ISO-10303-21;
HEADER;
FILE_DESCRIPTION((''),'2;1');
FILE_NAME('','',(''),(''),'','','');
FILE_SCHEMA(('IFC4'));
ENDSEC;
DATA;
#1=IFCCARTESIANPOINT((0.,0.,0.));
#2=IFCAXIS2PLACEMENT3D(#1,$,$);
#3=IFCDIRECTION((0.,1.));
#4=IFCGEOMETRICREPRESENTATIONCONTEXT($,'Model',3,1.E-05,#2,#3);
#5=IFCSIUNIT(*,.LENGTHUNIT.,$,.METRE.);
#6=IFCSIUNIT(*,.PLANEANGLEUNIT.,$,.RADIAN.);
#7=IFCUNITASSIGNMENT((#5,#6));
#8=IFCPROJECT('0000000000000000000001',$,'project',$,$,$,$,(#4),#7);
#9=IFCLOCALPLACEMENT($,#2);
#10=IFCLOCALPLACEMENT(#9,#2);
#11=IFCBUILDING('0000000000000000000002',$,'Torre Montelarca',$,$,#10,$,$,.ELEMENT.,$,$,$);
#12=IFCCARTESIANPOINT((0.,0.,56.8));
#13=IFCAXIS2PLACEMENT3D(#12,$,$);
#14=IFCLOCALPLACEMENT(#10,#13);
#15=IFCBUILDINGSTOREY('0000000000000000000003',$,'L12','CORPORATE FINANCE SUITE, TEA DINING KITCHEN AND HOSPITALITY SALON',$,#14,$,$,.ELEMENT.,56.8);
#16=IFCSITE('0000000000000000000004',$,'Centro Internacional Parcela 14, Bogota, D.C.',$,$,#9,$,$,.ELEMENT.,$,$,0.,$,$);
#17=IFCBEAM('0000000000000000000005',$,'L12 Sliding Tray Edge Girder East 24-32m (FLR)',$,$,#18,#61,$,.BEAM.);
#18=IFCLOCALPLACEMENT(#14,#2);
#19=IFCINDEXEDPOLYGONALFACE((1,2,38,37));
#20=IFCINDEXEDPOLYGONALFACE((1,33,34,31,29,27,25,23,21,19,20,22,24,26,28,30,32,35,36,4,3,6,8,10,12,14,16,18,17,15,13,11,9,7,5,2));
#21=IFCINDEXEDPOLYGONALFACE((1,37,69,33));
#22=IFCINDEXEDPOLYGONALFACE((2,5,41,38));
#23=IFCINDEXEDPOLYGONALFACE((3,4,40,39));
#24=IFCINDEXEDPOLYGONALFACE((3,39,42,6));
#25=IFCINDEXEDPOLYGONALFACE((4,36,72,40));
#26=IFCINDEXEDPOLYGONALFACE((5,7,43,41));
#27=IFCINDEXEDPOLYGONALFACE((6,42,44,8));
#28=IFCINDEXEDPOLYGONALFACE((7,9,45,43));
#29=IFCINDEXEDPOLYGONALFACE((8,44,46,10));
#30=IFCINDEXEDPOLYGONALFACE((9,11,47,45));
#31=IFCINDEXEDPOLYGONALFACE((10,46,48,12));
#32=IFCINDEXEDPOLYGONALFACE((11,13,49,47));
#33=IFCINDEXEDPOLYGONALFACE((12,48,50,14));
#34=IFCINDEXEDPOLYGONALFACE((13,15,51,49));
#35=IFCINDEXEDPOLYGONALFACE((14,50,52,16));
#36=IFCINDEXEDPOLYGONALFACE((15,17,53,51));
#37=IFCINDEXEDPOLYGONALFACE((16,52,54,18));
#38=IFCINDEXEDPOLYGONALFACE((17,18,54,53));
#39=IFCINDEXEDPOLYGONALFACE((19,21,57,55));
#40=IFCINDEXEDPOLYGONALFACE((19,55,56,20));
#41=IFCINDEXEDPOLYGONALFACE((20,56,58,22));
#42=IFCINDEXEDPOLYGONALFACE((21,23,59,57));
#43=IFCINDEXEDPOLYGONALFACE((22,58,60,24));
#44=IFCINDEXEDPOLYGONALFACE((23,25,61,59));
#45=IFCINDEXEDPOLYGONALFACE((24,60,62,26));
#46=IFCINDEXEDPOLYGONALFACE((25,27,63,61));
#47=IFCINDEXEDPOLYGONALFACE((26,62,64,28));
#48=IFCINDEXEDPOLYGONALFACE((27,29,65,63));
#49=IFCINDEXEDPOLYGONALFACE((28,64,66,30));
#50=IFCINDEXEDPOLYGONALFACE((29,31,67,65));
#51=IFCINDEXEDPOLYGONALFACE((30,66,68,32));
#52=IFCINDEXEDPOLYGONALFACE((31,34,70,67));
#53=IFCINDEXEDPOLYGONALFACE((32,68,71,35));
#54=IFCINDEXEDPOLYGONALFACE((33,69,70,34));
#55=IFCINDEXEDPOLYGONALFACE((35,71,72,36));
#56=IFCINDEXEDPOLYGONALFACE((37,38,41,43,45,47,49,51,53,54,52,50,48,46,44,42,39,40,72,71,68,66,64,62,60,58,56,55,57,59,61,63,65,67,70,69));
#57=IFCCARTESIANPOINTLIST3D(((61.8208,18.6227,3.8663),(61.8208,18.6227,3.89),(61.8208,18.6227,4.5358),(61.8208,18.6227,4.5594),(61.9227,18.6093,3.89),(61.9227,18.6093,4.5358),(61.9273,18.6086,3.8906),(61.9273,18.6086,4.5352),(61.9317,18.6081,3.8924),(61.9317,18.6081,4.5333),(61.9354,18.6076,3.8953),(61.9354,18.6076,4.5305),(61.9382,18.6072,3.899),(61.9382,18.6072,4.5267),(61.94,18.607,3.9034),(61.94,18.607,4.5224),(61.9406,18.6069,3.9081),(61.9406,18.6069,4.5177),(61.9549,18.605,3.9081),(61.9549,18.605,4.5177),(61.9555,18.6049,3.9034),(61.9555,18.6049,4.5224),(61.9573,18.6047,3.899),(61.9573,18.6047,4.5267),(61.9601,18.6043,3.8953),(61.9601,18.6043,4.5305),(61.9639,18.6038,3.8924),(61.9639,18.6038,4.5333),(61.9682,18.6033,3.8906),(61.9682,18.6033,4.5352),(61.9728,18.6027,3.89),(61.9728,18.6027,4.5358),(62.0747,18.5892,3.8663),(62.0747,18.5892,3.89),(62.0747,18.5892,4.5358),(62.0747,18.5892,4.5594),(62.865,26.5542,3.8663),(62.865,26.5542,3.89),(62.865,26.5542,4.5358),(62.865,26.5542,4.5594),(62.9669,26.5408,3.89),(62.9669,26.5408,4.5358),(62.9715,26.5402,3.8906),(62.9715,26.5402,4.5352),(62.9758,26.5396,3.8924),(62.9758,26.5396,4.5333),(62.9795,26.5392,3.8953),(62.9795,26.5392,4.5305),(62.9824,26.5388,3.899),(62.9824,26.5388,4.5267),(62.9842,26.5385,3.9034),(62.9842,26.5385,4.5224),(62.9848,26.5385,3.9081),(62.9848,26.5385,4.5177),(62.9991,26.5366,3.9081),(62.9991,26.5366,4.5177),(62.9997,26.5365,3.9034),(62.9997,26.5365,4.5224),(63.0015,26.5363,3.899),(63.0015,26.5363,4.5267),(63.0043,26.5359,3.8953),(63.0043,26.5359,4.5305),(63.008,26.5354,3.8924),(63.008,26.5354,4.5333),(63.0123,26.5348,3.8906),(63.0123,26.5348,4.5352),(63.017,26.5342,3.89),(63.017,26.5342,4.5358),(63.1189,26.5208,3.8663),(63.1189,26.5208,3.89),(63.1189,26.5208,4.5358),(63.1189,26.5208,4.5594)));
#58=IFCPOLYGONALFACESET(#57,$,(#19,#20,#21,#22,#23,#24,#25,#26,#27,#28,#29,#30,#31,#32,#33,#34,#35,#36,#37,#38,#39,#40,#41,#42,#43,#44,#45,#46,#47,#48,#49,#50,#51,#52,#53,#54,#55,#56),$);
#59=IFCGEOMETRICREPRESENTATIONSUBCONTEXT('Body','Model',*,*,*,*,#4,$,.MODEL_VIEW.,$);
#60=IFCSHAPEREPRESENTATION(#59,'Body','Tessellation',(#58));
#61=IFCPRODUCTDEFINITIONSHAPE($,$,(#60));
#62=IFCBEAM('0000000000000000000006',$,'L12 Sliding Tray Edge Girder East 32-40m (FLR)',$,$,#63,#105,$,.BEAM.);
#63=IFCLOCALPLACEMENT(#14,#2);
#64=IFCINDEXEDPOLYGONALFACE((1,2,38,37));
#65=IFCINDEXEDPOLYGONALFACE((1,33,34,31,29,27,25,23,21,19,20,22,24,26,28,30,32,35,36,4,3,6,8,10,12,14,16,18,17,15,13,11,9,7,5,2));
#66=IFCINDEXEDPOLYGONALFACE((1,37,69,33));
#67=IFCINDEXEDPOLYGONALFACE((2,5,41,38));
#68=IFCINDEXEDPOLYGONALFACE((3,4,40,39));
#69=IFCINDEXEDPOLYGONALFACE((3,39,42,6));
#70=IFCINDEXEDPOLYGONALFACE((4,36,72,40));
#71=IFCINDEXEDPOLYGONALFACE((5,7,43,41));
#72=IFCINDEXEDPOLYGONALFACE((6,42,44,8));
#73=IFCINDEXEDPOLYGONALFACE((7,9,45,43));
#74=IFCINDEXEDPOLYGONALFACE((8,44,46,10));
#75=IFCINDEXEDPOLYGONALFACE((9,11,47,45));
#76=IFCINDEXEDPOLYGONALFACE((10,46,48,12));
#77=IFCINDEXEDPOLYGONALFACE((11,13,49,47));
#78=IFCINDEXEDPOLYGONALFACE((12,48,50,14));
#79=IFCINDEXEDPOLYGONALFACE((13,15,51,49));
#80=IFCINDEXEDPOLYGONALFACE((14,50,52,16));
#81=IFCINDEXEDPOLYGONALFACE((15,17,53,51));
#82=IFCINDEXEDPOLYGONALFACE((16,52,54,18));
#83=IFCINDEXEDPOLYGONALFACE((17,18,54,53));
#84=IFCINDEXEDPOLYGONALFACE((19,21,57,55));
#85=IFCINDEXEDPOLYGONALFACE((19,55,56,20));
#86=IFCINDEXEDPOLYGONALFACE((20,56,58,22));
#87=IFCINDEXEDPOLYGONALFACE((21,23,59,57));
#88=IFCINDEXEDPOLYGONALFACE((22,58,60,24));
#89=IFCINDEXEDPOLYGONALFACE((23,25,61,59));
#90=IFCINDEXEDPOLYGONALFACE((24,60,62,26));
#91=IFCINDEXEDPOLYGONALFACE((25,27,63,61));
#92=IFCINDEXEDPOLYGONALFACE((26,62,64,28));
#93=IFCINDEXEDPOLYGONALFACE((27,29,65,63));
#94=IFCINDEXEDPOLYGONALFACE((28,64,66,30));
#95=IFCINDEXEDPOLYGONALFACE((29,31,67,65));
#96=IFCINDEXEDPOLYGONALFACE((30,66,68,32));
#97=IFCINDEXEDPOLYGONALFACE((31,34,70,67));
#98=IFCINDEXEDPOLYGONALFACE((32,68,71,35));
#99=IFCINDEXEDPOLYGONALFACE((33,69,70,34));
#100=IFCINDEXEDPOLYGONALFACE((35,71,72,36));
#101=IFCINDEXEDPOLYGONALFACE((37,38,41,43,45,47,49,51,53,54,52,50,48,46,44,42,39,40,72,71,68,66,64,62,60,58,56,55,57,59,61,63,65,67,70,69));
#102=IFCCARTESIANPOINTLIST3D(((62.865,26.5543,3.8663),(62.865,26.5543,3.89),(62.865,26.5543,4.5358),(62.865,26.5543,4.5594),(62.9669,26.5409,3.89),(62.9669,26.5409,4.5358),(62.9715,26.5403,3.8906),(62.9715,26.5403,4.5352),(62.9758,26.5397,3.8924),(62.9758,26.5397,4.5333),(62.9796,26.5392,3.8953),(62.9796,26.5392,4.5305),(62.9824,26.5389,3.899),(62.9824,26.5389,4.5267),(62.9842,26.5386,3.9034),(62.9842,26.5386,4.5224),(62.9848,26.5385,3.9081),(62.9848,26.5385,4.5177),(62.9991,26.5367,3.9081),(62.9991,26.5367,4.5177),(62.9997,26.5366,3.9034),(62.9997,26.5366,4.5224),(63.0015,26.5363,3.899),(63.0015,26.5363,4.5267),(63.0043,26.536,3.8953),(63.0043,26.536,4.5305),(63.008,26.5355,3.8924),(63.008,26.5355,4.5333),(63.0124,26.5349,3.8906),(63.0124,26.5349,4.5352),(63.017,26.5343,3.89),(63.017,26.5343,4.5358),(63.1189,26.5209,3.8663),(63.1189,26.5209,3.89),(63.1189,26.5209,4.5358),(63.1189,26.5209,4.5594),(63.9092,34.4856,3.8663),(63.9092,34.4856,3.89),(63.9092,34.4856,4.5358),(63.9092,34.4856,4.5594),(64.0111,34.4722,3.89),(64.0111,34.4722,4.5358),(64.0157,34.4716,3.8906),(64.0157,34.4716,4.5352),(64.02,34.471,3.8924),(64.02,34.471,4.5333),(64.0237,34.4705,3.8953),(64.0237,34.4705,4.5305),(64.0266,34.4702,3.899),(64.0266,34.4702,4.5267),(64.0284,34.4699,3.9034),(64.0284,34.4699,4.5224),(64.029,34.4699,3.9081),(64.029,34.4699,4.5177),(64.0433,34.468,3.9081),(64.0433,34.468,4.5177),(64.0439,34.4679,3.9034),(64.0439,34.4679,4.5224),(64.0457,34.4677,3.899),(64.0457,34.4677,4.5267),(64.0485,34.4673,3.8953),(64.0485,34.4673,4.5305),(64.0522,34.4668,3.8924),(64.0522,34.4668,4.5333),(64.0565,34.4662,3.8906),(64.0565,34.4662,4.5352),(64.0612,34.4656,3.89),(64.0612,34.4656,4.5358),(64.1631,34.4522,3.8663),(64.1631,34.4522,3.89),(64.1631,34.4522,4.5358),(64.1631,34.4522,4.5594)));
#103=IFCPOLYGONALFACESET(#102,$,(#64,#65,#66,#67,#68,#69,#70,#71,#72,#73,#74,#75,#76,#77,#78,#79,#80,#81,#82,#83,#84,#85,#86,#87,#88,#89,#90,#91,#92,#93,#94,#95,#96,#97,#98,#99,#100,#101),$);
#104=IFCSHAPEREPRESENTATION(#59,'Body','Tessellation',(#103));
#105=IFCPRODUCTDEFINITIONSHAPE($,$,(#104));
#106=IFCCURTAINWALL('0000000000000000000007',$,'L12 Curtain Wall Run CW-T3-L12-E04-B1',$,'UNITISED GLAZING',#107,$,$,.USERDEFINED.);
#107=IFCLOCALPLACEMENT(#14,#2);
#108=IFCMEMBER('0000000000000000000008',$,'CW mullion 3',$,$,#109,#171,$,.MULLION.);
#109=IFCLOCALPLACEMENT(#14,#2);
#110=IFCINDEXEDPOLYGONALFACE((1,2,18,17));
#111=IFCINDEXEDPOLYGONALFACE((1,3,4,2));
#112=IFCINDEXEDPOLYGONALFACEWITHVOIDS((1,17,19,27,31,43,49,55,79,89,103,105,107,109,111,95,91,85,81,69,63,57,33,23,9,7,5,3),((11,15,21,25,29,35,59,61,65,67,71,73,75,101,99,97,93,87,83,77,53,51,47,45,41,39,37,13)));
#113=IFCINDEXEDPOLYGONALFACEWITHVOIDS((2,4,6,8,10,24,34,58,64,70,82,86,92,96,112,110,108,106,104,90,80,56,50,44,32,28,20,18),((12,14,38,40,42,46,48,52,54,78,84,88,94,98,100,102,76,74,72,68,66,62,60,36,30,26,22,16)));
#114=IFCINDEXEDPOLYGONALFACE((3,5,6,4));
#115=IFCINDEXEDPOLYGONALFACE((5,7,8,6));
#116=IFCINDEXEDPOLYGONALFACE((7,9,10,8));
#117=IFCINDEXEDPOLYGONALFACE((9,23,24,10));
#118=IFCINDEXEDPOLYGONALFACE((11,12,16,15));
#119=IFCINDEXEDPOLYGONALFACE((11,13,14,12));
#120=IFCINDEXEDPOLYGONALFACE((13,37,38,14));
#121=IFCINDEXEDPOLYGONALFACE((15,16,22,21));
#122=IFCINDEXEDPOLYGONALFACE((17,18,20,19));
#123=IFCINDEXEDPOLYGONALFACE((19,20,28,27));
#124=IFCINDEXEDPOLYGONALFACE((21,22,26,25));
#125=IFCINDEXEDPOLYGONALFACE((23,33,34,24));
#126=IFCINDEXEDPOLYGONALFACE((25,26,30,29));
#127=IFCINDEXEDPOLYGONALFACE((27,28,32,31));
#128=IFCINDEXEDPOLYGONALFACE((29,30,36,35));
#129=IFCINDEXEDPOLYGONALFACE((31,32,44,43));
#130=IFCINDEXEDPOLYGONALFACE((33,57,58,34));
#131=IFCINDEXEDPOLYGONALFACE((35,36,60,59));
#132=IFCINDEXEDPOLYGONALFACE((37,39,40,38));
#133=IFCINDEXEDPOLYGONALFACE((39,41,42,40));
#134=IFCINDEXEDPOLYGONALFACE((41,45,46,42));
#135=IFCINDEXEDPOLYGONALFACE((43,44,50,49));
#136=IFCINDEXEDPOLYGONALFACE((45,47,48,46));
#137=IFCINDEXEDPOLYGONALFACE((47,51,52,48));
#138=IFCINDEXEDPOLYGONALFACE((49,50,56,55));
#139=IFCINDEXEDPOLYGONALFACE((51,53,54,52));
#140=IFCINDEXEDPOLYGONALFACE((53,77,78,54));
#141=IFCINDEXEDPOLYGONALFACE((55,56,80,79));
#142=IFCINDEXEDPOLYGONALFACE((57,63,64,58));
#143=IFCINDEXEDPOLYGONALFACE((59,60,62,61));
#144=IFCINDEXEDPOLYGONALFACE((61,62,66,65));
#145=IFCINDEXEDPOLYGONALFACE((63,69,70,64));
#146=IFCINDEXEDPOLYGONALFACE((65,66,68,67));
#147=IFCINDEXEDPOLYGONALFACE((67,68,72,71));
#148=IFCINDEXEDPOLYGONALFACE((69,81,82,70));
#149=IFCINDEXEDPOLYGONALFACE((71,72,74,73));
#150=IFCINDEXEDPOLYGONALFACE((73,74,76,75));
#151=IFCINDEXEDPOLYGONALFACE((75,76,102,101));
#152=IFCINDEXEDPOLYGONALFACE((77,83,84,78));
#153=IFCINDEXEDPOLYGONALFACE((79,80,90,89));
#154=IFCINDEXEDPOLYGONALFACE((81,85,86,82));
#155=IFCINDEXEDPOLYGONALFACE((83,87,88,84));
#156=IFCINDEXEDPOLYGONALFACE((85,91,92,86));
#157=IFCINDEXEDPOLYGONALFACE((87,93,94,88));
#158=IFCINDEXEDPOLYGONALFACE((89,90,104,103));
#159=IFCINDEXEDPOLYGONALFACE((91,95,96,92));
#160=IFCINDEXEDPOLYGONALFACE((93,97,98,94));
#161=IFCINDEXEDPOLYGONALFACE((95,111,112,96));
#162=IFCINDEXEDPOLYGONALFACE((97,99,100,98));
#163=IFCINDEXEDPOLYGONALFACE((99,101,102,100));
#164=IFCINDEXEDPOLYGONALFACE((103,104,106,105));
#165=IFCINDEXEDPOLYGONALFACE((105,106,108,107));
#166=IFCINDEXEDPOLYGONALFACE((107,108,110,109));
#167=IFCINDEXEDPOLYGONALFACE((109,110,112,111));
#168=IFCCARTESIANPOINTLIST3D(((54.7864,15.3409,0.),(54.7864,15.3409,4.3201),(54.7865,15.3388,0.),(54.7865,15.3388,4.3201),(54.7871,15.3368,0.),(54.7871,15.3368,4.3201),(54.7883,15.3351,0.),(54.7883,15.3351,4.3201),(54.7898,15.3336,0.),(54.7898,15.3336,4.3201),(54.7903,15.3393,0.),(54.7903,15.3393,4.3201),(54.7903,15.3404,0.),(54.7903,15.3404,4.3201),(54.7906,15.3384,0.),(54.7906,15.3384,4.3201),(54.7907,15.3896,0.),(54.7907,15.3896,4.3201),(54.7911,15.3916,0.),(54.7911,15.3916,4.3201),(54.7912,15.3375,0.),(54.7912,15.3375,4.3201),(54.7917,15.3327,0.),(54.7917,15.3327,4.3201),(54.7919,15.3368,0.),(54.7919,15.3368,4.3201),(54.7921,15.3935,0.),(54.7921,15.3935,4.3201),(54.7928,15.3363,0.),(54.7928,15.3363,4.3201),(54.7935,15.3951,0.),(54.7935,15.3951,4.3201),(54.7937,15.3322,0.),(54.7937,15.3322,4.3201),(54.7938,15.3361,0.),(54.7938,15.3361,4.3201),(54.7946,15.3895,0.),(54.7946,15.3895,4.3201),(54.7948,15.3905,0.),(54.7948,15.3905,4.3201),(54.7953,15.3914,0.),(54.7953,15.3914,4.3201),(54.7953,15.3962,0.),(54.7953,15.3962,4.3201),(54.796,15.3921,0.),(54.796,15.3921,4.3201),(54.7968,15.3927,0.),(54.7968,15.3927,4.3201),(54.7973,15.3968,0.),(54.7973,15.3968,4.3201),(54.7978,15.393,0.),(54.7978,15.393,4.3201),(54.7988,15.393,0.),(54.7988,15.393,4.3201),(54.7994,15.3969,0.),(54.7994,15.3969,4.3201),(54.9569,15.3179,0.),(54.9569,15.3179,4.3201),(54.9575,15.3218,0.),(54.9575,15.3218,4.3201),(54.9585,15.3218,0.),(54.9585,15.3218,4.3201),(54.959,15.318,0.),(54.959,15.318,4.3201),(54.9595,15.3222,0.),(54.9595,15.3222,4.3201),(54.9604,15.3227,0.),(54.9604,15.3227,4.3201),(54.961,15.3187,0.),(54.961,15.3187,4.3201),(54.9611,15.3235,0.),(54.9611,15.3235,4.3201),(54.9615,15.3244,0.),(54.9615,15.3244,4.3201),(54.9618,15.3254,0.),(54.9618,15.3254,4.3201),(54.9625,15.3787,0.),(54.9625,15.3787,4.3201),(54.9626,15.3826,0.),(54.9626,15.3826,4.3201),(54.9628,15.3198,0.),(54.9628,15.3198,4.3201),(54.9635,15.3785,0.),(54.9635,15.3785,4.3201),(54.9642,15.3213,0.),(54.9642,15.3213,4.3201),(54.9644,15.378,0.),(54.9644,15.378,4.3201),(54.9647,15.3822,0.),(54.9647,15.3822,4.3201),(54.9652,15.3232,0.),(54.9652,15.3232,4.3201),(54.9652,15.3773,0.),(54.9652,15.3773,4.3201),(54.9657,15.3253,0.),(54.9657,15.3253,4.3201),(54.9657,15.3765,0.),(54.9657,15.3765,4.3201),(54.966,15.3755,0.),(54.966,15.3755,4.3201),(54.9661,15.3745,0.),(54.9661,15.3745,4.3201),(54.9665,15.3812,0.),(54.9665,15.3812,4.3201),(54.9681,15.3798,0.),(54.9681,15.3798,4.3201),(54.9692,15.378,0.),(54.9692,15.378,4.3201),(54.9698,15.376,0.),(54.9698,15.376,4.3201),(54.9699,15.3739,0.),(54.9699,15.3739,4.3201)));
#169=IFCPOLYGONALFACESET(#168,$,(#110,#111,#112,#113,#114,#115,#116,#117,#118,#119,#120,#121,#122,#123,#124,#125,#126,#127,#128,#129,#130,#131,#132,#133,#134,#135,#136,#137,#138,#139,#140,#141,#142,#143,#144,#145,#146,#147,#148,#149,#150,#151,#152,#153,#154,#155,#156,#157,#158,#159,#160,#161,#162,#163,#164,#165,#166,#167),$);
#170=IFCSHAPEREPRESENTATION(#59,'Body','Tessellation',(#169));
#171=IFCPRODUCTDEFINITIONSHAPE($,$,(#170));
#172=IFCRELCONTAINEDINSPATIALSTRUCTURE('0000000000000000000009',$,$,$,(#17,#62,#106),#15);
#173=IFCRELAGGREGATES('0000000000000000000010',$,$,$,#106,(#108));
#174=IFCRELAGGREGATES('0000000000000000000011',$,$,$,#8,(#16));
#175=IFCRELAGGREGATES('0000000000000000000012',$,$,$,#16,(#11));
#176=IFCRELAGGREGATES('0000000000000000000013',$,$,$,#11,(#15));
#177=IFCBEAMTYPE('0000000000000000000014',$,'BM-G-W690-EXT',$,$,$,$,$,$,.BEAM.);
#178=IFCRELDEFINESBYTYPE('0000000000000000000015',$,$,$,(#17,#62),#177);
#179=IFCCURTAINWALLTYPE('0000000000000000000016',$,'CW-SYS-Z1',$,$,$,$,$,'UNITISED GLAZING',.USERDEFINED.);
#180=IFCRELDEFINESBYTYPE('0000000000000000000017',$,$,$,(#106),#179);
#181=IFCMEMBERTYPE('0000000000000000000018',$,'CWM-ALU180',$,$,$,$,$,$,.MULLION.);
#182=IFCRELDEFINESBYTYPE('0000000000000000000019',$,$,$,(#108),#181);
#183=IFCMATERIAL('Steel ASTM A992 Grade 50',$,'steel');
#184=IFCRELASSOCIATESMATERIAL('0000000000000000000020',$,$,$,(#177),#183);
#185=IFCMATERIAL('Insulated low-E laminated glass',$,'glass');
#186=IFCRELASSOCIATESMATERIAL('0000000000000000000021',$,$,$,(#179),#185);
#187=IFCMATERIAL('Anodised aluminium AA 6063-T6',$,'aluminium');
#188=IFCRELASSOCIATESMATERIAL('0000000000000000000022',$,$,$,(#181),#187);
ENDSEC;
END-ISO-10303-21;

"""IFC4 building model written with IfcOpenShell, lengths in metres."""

from ifc_helpers import new_model, si_unit, direction, frame, origin, origin_2d, place, context, subcontext, project, spatial, hollow_rectangle, i_section, extrude, source, transform, mapped, material, material_profile, profile_set, type_object, element, aggregate, save


model = new_model("IFC4")

# Units and contexts
model_context = context("Model", 3, precision=1e-05, world=origin(), true_north=direction((0.0, 1.0)))
body_context = subcontext(model_context, "Body", "Model", "MODEL_VIEW")
ifc_project = project(units=[si_unit("LENGTHUNIT", "METRE"), si_unit("PLANEANGLEUNIT", "RADIAN")], contexts=[model_context])

# Site, building, storey
site_placement = place(None, origin())
site = spatial("IfcSite", under=ifc_project, at=site_placement, Name="Centro Internacional Parcela 14, Bogota, D.C.", CompositionType="ELEMENT", RefElevation=0.0)
building_placement = place(site_placement, origin())
building = spatial("IfcBuilding", under=site, at=building_placement, Name="Torre Montelarca", CompositionType="ELEMENT")
storey_placement = place(building_placement, frame((0.0, 0.0, 56.8)))
storey = spatial("IfcBuildingStorey", under=building, at=storey_placement, Name="L12", Description="CORPORATE FINANCE SUITE, TEA DINING KITCHEN AND HOSPITALITY SALON", CompositionType="ELEMENT", Elevation=56.8)

# Beams
ifc_material_1 = material(Name="Steel ASTM A992 Grade 50", Category="steel")
ifc_material_profile_1 = material_profile(ifc_material_1, i_section(OverallWidth=0.2561, OverallDepth=0.6931, WebThickness=0.0144, FlangeThickness=0.0237, FilletRadius=0.0181, at=origin_2d()), Name="W690X170", Category="steel")
ifc_profile_set_1 = profile_set([ifc_material_profile_1], Name="Steel ASTM A992 Grade 50")
beam_type_1 = type_object("IfcBeamType", Name="BM-G-W690-EXT", PredefinedType="BEAM", material=ifc_profile_set_1)
shared_shape_1 = source(origin(), body_context, "Body", "SweptSolid", [
    extrude(i_section(OverallWidth=0.2561, OverallDepth=0.6931, WebThickness=0.0144, FlangeThickness=0.0237, FilletRadius=0.0181, at=origin_2d()), origin(), (0.0, 0.0, 1.0), 8.0),
])
beam_1_placement = place(storey_placement, frame((61.9478, 18.606, 4.2129), z_axis=(0.130522, 0.991445, 0.0), x_axis=(-0.991445, 0.130522, 0.0)))
element("IfcBeam", 1, at=beam_1_placement, inside=storey, type_object=beam_type_1, Name="L12 Sliding Tray Edge Girder East 24-32m (FLR)", PredefinedType="BEAM", context=body_context, shape_type="MappedRepresentation", body=[
    mapped(shared_shape_1, transform((0.0, 0.0, 0.0), scale=1.0)),
])
shared_shape_2 = source(origin(), body_context, "Body", "SweptSolid", [
    extrude(i_section(OverallWidth=0.2561, OverallDepth=0.6931, WebThickness=0.0144, FlangeThickness=0.0237, FilletRadius=0.0181, at=origin_2d()), origin(), (0.0, 0.0, 1.0), 7.9998),
])
beam_2_placement = place(storey_placement, frame((62.9919, 26.5376, 4.2129), z_axis=(0.130526, 0.991445, 0.0), x_axis=(-0.991445, 0.130526, 0.0)))
element("IfcBeam", 2, at=beam_2_placement, inside=storey, type_object=beam_type_1, Name="L12 Sliding Tray Edge Girder East 32-40m (FLR)", PredefinedType="BEAM", context=body_context, shape_type="MappedRepresentation", body=[
    mapped(shared_shape_2, transform((0.0, 0.0, 0.0), scale=1.0)),
])

# Curtain wall, member
ifc_material_2 = material(Name="Insulated low-E laminated glass", Category="glass")
curtain_wall_type = type_object("IfcCurtainWallType", Name="CW-SYS-Z1", ElementType="UNITISED GLAZING", PredefinedType="USERDEFINED", material=ifc_material_2)
curtain_wall_1_placement = place(storey_placement, origin())
curtain_wall_1 = element("IfcCurtainWall", 3, at=curtain_wall_1_placement, inside=storey, type_object=curtain_wall_type, Name="L12 Curtain Wall Run CW-T3-L12-E04-B1", ObjectType="UNITISED GLAZING", PredefinedType="USERDEFINED")
ifc_material_3 = material(Name="Anodised aluminium AA 6063-T6", Category="aluminium")
ifc_material_profile_2 = material_profile(ifc_material_3, hollow_rectangle(XDim=0.0649, YDim=0.1799, WallThickness=0.0039, InnerFilletRadius=0.0039, OuterFilletRadius=0.0081, at=origin_2d()), Name="ALU65X180X4", Category="aluminium")
ifc_profile_set_2 = profile_set([ifc_material_profile_2], Name="Anodised aluminium AA 6063-T6")
member_type_1 = type_object("IfcMemberType", Name="CWM-ALU180", PredefinedType="MULLION", material=ifc_profile_set_2)
shared_shape_3 = source(origin(), body_context, "Body", "SweptSolid", [
    extrude(hollow_rectangle(XDim=0.0649, YDim=0.1799, WallThickness=0.0039, InnerFilletRadius=0.0039, OuterFilletRadius=0.0081, at=origin_2d()), origin(), (0.0, 0.0, 1.0), 4.3201),
])
member_1_placement = place(storey_placement, frame((54.8782, 15.3574, 0.0), z_axis=(0.0, 0.0, 1.0), x_axis=(0.087162, 0.996194, 0.0)))
member_1 = element("IfcMember", 4, at=member_1_placement, type_object=member_type_1, Name="CW mullion 3", PredefinedType="MULLION", context=body_context, shape_type="MappedRepresentation", body=[
    mapped(shared_shape_3, transform((0.0, 0.0, 0.0), scale=1.0)),
])

aggregate(curtain_wall_1, [member_1])

save(model, "model.ifc")
